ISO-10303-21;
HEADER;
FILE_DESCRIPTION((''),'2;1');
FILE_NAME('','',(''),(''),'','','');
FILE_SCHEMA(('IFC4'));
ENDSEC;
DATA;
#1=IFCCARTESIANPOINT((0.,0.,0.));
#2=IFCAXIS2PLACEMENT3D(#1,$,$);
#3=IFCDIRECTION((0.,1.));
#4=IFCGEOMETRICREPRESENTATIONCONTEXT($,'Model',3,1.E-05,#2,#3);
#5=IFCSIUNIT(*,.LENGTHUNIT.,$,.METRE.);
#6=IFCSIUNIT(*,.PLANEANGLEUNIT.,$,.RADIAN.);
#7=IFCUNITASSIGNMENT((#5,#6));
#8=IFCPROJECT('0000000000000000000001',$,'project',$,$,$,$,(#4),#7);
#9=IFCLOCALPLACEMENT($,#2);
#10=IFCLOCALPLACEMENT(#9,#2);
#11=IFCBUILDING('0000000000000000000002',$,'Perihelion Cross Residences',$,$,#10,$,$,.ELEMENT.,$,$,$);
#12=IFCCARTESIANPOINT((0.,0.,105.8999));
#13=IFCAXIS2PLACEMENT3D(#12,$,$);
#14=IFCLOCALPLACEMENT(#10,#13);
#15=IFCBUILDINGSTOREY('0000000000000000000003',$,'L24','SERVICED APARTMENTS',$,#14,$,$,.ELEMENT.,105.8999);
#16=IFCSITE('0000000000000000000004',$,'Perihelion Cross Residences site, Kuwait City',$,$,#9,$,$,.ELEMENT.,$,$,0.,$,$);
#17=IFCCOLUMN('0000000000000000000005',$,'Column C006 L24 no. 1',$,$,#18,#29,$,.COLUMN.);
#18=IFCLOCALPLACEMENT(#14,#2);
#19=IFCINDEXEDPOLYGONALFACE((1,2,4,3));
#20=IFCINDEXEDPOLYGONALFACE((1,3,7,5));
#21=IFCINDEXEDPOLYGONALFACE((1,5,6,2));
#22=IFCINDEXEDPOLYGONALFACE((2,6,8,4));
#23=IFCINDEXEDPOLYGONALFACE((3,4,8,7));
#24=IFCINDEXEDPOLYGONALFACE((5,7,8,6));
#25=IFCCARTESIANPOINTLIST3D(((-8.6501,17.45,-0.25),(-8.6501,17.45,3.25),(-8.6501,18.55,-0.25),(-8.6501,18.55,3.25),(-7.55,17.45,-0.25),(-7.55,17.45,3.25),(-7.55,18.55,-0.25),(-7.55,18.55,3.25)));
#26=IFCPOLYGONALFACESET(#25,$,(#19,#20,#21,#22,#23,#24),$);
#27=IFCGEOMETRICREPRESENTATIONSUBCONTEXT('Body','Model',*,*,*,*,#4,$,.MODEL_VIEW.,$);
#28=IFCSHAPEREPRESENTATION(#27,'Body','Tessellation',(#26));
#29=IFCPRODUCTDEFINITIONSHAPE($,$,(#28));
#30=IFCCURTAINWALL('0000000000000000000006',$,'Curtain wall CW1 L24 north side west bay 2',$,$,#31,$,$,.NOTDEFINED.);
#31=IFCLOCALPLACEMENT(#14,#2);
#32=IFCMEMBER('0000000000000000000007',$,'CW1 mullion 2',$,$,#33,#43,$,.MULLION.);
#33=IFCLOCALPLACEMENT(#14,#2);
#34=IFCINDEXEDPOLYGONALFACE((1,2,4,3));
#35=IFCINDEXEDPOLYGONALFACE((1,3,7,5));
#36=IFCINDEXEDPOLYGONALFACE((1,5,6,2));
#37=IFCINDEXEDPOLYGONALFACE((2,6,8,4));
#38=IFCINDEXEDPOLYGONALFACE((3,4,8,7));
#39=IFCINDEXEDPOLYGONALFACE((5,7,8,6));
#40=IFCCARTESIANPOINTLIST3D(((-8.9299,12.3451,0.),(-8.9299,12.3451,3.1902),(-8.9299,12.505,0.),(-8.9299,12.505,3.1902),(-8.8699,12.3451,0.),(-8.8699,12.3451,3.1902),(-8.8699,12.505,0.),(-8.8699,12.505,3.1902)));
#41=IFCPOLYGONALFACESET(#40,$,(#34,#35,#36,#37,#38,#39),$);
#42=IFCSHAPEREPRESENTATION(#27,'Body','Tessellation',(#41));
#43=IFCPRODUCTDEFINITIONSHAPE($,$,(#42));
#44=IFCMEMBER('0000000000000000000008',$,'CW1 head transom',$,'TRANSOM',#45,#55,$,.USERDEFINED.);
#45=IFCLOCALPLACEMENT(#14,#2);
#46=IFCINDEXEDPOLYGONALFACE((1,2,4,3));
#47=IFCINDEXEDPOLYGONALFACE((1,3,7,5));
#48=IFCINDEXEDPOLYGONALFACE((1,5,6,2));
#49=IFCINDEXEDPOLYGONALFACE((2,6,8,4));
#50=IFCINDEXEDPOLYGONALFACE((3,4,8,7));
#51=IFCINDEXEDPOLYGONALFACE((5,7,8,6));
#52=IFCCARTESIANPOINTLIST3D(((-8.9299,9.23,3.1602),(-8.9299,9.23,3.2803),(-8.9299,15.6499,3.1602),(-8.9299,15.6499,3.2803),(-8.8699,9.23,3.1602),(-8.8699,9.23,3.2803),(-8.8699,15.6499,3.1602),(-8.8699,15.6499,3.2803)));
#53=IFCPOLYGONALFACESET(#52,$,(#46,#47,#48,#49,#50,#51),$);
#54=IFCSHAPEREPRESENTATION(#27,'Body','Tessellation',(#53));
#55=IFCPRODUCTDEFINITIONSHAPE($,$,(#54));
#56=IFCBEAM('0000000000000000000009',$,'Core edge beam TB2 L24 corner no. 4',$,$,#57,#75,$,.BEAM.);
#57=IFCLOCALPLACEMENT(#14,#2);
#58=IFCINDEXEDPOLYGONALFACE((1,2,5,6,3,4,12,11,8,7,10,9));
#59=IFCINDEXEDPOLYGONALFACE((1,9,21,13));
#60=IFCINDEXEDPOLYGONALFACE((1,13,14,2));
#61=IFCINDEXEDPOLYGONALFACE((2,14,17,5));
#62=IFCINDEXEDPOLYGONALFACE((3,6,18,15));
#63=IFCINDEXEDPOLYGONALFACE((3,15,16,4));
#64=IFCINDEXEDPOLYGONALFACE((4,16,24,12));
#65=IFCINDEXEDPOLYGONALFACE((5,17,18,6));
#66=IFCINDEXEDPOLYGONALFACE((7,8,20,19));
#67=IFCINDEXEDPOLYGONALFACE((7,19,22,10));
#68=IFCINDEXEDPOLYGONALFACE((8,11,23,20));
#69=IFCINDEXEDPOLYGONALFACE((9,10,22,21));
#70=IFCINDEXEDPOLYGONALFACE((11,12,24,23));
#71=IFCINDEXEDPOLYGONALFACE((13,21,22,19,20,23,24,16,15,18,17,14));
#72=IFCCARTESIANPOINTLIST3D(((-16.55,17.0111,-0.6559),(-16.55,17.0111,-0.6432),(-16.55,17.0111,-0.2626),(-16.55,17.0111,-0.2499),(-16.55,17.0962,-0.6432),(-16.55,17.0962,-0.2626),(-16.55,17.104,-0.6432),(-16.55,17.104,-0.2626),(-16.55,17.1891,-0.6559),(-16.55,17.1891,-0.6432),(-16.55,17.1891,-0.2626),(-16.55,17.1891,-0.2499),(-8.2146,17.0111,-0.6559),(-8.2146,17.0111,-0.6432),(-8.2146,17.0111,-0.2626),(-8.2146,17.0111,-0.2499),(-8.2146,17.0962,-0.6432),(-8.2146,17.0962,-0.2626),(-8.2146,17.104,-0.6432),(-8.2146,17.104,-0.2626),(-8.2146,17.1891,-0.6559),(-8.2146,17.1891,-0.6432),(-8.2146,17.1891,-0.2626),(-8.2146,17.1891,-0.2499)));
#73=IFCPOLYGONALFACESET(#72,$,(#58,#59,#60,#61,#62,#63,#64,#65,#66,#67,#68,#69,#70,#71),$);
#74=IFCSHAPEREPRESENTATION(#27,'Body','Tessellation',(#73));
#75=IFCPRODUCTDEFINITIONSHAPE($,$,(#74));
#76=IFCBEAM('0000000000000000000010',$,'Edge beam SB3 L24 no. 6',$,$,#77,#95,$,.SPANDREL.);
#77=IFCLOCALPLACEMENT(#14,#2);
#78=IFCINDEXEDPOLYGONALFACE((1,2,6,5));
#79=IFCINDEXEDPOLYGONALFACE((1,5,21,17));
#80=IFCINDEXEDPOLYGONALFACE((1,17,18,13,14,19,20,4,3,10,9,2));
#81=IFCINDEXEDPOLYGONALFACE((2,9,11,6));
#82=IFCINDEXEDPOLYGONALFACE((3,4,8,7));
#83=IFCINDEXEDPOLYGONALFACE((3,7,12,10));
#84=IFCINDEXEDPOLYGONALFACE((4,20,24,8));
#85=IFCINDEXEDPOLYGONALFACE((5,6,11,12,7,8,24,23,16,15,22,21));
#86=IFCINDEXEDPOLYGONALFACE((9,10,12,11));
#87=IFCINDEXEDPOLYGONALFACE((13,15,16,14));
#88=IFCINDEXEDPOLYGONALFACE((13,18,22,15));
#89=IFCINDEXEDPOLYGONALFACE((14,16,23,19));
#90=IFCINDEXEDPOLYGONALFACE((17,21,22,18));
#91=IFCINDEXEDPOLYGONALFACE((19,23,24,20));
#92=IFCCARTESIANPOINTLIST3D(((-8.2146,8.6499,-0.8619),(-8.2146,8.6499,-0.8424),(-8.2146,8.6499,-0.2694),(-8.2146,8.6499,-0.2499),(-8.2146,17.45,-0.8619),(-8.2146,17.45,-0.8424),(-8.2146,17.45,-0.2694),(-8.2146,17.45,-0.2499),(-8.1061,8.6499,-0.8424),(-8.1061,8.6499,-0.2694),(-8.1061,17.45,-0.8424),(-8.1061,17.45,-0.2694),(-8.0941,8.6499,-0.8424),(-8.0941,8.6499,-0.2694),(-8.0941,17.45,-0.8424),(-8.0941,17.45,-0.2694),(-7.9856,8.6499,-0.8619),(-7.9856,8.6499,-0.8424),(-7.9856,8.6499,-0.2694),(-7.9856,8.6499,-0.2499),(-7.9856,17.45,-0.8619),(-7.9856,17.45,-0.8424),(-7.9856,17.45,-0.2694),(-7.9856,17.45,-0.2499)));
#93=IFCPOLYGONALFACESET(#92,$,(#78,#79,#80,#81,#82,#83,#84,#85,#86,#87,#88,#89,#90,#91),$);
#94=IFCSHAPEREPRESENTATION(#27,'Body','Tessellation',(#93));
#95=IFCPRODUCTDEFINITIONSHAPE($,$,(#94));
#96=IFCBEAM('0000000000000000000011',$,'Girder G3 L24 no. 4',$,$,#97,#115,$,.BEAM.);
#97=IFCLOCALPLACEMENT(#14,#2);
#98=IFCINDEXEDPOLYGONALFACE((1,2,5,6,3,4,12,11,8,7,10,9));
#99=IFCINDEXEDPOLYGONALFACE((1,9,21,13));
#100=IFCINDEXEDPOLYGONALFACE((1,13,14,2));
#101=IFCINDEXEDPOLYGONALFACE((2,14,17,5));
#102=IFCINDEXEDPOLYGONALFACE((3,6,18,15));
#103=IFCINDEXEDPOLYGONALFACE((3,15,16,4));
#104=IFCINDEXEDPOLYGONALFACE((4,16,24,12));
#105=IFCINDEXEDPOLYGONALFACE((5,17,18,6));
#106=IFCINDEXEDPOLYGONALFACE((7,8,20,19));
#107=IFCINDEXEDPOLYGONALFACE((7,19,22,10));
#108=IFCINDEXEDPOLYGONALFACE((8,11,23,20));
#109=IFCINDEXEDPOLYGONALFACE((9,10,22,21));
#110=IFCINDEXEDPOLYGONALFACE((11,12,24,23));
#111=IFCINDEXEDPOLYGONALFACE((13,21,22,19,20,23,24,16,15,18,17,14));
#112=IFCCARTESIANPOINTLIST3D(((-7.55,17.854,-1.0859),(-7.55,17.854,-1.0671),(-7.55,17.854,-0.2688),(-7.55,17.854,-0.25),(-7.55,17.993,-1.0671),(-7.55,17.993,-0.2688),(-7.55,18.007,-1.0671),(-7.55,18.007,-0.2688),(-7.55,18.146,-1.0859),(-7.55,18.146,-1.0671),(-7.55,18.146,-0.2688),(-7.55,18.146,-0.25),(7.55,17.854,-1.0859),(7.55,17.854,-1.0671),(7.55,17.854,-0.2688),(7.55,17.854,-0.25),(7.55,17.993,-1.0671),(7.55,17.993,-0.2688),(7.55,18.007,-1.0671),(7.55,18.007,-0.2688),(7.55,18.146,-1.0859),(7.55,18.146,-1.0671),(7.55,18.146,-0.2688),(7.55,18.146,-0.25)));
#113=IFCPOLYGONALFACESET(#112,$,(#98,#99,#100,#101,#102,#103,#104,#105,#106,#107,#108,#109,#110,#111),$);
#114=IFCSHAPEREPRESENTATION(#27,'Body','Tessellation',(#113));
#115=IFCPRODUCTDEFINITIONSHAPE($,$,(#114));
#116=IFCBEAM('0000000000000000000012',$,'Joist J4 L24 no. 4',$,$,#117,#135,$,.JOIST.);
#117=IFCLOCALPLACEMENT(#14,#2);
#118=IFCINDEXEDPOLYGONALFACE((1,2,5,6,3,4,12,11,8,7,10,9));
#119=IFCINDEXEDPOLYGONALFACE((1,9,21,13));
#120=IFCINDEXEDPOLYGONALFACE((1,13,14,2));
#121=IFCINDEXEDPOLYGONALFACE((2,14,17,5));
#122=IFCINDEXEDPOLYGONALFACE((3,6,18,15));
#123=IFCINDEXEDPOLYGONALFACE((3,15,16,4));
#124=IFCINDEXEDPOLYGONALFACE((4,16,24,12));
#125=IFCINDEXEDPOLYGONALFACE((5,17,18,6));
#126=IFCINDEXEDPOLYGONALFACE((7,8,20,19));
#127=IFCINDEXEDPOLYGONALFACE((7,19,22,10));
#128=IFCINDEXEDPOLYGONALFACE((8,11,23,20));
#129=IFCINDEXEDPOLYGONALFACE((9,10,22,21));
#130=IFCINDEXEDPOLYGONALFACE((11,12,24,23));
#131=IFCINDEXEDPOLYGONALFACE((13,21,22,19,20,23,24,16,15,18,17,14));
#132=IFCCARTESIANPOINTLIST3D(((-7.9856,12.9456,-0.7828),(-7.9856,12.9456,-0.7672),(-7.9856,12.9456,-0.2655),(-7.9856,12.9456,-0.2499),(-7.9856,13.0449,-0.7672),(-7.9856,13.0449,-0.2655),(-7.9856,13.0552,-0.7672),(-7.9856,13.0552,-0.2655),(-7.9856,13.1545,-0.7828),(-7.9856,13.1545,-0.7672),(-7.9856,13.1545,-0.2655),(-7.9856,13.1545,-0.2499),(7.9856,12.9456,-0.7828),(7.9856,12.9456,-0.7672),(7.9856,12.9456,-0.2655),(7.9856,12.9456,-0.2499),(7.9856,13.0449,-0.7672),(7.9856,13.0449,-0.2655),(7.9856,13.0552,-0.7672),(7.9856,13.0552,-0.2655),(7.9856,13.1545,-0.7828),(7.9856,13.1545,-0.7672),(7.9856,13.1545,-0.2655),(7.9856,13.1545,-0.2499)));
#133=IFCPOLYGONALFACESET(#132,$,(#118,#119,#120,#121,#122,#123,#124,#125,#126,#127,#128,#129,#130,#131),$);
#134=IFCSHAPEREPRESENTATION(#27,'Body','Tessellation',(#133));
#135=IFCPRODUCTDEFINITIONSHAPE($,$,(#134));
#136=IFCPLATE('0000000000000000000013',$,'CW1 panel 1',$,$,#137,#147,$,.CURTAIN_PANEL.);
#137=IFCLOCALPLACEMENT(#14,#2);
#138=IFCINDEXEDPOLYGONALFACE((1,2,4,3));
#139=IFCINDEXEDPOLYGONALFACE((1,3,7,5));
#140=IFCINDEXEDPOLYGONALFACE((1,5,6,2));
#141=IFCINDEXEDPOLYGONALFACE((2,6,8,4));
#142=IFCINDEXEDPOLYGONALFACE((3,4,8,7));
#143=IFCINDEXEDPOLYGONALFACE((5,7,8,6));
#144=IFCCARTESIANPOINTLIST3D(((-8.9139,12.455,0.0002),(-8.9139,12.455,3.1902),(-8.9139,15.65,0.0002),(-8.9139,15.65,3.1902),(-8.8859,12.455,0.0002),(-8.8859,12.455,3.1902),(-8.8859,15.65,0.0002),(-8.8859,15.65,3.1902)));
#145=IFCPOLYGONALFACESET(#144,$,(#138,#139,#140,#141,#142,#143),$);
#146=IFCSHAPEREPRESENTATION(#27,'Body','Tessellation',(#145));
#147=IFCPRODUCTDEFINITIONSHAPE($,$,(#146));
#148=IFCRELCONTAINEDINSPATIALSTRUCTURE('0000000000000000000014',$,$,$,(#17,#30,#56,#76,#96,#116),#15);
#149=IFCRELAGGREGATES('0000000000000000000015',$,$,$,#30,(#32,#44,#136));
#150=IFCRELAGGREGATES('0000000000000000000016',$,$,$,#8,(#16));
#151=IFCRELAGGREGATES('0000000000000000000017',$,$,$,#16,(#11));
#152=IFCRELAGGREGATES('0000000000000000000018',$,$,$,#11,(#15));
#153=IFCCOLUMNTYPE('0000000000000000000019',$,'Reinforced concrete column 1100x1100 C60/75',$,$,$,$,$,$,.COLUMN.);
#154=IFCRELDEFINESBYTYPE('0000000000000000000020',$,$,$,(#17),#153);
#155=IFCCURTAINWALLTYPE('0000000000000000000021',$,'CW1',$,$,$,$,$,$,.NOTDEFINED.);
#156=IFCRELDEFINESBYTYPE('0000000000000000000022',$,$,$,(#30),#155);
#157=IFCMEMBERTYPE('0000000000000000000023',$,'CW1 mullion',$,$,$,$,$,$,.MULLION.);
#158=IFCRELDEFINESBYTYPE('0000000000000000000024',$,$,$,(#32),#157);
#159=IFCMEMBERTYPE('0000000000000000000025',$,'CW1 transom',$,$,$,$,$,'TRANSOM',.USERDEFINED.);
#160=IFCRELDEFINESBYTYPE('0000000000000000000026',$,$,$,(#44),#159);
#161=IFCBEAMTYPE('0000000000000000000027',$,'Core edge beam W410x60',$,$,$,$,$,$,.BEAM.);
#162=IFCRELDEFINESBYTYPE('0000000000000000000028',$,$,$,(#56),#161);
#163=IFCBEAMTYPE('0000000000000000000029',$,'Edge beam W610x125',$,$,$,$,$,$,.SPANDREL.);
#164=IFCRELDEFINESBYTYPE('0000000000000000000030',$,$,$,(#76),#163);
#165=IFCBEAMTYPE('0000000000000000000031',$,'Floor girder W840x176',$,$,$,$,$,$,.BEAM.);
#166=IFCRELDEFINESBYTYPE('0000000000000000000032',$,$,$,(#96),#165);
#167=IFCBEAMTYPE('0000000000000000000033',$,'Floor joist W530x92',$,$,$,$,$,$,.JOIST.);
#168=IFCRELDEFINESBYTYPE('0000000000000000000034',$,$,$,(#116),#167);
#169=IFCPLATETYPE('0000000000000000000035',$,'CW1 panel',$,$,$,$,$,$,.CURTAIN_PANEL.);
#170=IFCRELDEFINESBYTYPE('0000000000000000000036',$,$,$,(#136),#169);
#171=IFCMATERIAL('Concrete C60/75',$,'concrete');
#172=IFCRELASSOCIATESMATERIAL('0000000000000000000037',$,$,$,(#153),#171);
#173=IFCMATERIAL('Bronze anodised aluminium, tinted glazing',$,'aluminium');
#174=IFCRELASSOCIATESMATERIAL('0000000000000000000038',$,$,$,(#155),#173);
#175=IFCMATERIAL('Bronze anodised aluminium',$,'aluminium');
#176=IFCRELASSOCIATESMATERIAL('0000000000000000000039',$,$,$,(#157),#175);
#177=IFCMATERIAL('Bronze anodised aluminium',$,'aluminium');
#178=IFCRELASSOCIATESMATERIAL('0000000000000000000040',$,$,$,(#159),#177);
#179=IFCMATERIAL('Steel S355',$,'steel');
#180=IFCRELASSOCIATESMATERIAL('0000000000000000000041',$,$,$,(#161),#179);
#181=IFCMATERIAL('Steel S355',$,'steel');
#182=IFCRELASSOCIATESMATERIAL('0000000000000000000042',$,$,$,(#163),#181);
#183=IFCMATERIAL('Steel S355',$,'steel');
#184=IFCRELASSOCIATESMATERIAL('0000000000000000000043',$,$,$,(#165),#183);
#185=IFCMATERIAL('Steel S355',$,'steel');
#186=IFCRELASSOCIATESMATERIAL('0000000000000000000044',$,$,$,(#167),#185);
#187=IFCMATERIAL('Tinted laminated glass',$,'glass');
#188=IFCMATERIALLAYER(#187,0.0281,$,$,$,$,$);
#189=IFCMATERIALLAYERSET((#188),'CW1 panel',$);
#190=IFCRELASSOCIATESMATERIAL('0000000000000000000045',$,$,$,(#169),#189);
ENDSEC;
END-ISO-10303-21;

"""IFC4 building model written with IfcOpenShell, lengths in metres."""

from ifc_helpers import new_model, si_unit, direction, frame, origin, origin_2d, place, context, subcontext, project, spatial, rectangle, i_section, extrude, material, layer, layer_set, material_profile, profile_set, type_object, element, aggregate, save


model = new_model("IFC4")

# Units and contexts
model_context = context("Model", 3, precision=1e-05, world=origin(), true_north=direction((0.0, 1.0)))
body_context = subcontext(model_context, "Body", "Model", "MODEL_VIEW")
ifc_project = project(units=[si_unit("LENGTHUNIT", "METRE"), si_unit("PLANEANGLEUNIT", "RADIAN")], contexts=[model_context])

# Site, building, storey
site_placement = place(None, origin())
site = spatial("IfcSite", under=ifc_project, at=site_placement, Name="Perihelion Cross Residences site, Kuwait City", CompositionType="ELEMENT", RefElevation=0.0)
building_placement = place(site_placement, origin())
building = spatial("IfcBuilding", under=site, at=building_placement, Name="Perihelion Cross Residences", CompositionType="ELEMENT")
storey_placement = place(building_placement, frame((0.0, 0.0, 105.8999)))
storey = spatial("IfcBuildingStorey", under=building, at=storey_placement, Name="L24", Description="SERVICED APARTMENTS", CompositionType="ELEMENT", Elevation=105.8999)

# Column
ifc_material_1 = material(Name="Concrete C60/75", Category="concrete")
ifc_material_profile_1 = material_profile(ifc_material_1, rectangle(XDim=1.1001, YDim=1.1001, at=origin_2d()), Name="RC 1100x1100")
ifc_profile_set_1 = profile_set([ifc_material_profile_1], Name="Concrete C60/75")
column_type = type_object("IfcColumnType", Name="Reinforced concrete column 1100x1100 C60/75", PredefinedType="COLUMN", material=ifc_profile_set_1)
column_placement = place(storey_placement, frame((-8.1001, 18.0, -0.25), z_axis=(0.0, 0.0, 1.0), x_axis=(1.0, 0.0, 0.0)))
element("IfcColumn", 1, at=column_placement, inside=storey, type_object=column_type, Name="Column C006 L24 no. 1", PredefinedType="COLUMN", context=body_context, shape_type="SweptSolid", body=[
    extrude(rectangle(XDim=1.1001, YDim=1.1001, at=origin_2d()), origin(), (0.0, 0.0, 1.0), 3.5),
])

# Curtain wall, members
ifc_material_2 = material(Name="Bronze anodised aluminium, tinted glazing", Category="aluminium")
curtain_wall_type = type_object("IfcCurtainWallType", Name="CW1", PredefinedType="NOTDEFINED", material=ifc_material_2)
curtain_wall_placement = place(storey_placement, origin())
curtain_wall = element("IfcCurtainWall", 2, at=curtain_wall_placement, inside=storey, type_object=curtain_wall_type, Name="Curtain wall CW1 L24 north side west bay 2", PredefinedType="NOTDEFINED")
ifc_material_3 = material(Name="Bronze anodised aluminium", Category="aluminium")
ifc_material_profile_2 = material_profile(ifc_material_3, rectangle(XDim=0.0601, YDim=0.1599, at=origin_2d()), Name="CW1 mullion")
ifc_profile_set_2 = profile_set([ifc_material_profile_2], Name="Bronze anodised aluminium")
member_type_1 = type_object("IfcMemberType", Name="CW1 mullion", PredefinedType="MULLION", material=ifc_profile_set_2)
member_1_placement = place(storey_placement, frame((-8.8999, 12.425, 0.0), z_axis=(0.0, 0.0, 1.0), x_axis=(1.0, 0.0, 0.0)))
member_1 = element("IfcMember", 3, at=member_1_placement, type_object=member_type_1, Name="CW1 mullion 2", PredefinedType="MULLION", context=body_context, shape_type="SweptSolid", body=[
    extrude(rectangle(XDim=0.0601, YDim=0.1599, at=origin_2d()), origin(), (0.0, 0.0, 1.0), 3.1902),
])
ifc_material_4 = material(Name="Bronze anodised aluminium", Category="aluminium")
ifc_material_profile_3 = material_profile(ifc_material_4, rectangle(XDim=0.0601, YDim=0.1201, at=origin_2d()), Name="CW1 transom")
ifc_profile_set_3 = profile_set([ifc_material_profile_3], Name="Bronze anodised aluminium")
member_type_2 = type_object("IfcMemberType", Name="CW1 transom", ElementType="TRANSOM", PredefinedType="USERDEFINED", material=ifc_profile_set_3)
member_2_placement = place(storey_placement, frame((-8.8999, 15.6499, 3.2202), z_axis=(0.0, -1.0, 0.0), x_axis=(1.0, 0.0, 0.0)))
member_2 = element("IfcMember", 4, at=member_2_placement, type_object=member_type_2, Name="CW1 head transom", ObjectType="TRANSOM", PredefinedType="USERDEFINED", context=body_context, shape_type="SweptSolid", body=[
    extrude(rectangle(XDim=0.0601, YDim=0.1201, at=origin_2d()), origin(), (0.0, 0.0, 1.0), 6.4199),
])

# Beams
ifc_material_5 = material(Name="Steel S355", Category="steel")
ifc_material_profile_4 = material_profile(ifc_material_5, i_section(OverallWidth=0.178, OverallDepth=0.406, WebThickness=0.0078, FlangeThickness=0.0127, at=origin_2d()), Name="W410x60")
ifc_profile_set_4 = profile_set([ifc_material_profile_4], Name="Steel S355")
beam_type_1 = type_object("IfcBeamType", Name="Core edge beam W410x60", PredefinedType="BEAM", material=ifc_profile_set_4)
beam_1_placement = place(storey_placement, frame((-8.2146, 17.1001, -0.4529), z_axis=(-1.0, 0.0, 0.0), x_axis=(0.0, -1.0, 0.0)))
element("IfcBeam", 5, at=beam_1_placement, inside=storey, type_object=beam_type_1, Name="Core edge beam TB2 L24 corner no. 4", PredefinedType="BEAM", context=body_context, shape_type="SweptSolid", body=[
    extrude(i_section(OverallWidth=0.178, OverallDepth=0.406, WebThickness=0.0078, FlangeThickness=0.0127, at=origin_2d()), origin(), (0.0, 0.0, 1.0), 8.3354),
])
ifc_material_6 = material(Name="Steel S355", Category="steel")
ifc_material_profile_5 = material_profile(ifc_material_6, i_section(OverallWidth=0.229, OverallDepth=0.6121, WebThickness=0.012, FlangeThickness=0.0195, at=origin_2d()), Name="W610x125")
ifc_profile_set_5 = profile_set([ifc_material_profile_5], Name="Steel S355")
beam_type_2 = type_object("IfcBeamType", Name="Edge beam W610x125", PredefinedType="SPANDREL", material=ifc_profile_set_5)
beam_2_placement = place(storey_placement, frame((-8.1001, 17.45, -0.5559), z_axis=(0.0, -1.0, 0.0), x_axis=(1.0, 0.0, 0.0)))
element("IfcBeam", 6, at=beam_2_placement, inside=storey, type_object=beam_type_2, Name="Edge beam SB3 L24 no. 6", PredefinedType="SPANDREL", context=body_context, shape_type="SweptSolid", body=[
    extrude(i_section(OverallWidth=0.229, OverallDepth=0.6121, WebThickness=0.012, FlangeThickness=0.0195, at=origin_2d()), origin(), (0.0, 0.0, 1.0), 8.8),
])
ifc_material_7 = material(Name="Steel S355", Category="steel")
ifc_material_profile_6 = material_profile(ifc_material_7, i_section(OverallWidth=0.292, OverallDepth=0.8359, WebThickness=0.0139, FlangeThickness=0.0188, at=origin_2d()), Name="W840x176")
ifc_profile_set_6 = profile_set([ifc_material_profile_6], Name="Steel S355")
beam_type_3 = type_object("IfcBeamType", Name="Floor girder W840x176", PredefinedType="BEAM", material=ifc_profile_set_6)
beam_3_placement = place(storey_placement, frame((-7.55, 18.0, -0.668), z_axis=(1.0, 0.0, 0.0), x_axis=(0.0, 1.0, 0.0)))
element("IfcBeam", 7, at=beam_3_placement, inside=storey, type_object=beam_type_3, Name="Girder G3 L24 no. 4", PredefinedType="BEAM", context=body_context, shape_type="SweptSolid", body=[
    extrude(i_section(OverallWidth=0.292, OverallDepth=0.8359, WebThickness=0.0139, FlangeThickness=0.0188, at=origin_2d()), origin(), (0.0, 0.0, 1.0), 15.1001),
])
ifc_material_8 = material(Name="Steel S355", Category="steel")
ifc_material_profile_7 = material_profile(ifc_material_8, i_section(OverallWidth=0.209, OverallDepth=0.533, WebThickness=0.0103, FlangeThickness=0.0156, at=origin_2d()), Name="W530x92")
ifc_profile_set_7 = profile_set([ifc_material_profile_7], Name="Steel S355")
beam_type_4 = type_object("IfcBeamType", Name="Floor joist W530x92", PredefinedType="JOIST", material=ifc_profile_set_7)
beam_4_placement = place(storey_placement, frame((-7.9856, 13.05, -0.5164), z_axis=(1.0, 0.0, 0.0), x_axis=(0.0, 1.0, 0.0)))
element("IfcBeam", 8, at=beam_4_placement, inside=storey, type_object=beam_type_4, Name="Joist J4 L24 no. 4", PredefinedType="JOIST", context=body_context, shape_type="SweptSolid", body=[
    extrude(i_section(OverallWidth=0.209, OverallDepth=0.533, WebThickness=0.0103, FlangeThickness=0.0156, at=origin_2d()), origin(), (0.0, 0.0, 1.0), 15.9712),
])

# Plate
ifc_material_9 = material(Name="Tinted laminated glass", Category="glass")
ifc_layer_1 = layer(ifc_material_9, 0.0281)
ifc_layer_set_1 = layer_set([ifc_layer_1], Name="CW1 panel")
plate_type = type_object("IfcPlateType", Name="CW1 panel", PredefinedType="CURTAIN_PANEL", material=ifc_layer_set_1)
plate_placement = place(storey_placement, frame((-8.8999, 14.0525, 0.0002), z_axis=(0.0, 0.0, 1.0), x_axis=(0.0, -1.0, 0.0)))
plate = element("IfcPlate", 9, at=plate_placement, type_object=plate_type, Name="CW1 panel 1", PredefinedType="CURTAIN_PANEL", context=body_context, shape_type="SweptSolid", body=[
    extrude(rectangle(XDim=3.1951, YDim=0.0281, at=origin_2d()), origin(), (0.0, 0.0, 1.0), 3.1899),
])
aggregate(curtain_wall, [member_1, member_2, plate])

save(model, "model.ifc")
